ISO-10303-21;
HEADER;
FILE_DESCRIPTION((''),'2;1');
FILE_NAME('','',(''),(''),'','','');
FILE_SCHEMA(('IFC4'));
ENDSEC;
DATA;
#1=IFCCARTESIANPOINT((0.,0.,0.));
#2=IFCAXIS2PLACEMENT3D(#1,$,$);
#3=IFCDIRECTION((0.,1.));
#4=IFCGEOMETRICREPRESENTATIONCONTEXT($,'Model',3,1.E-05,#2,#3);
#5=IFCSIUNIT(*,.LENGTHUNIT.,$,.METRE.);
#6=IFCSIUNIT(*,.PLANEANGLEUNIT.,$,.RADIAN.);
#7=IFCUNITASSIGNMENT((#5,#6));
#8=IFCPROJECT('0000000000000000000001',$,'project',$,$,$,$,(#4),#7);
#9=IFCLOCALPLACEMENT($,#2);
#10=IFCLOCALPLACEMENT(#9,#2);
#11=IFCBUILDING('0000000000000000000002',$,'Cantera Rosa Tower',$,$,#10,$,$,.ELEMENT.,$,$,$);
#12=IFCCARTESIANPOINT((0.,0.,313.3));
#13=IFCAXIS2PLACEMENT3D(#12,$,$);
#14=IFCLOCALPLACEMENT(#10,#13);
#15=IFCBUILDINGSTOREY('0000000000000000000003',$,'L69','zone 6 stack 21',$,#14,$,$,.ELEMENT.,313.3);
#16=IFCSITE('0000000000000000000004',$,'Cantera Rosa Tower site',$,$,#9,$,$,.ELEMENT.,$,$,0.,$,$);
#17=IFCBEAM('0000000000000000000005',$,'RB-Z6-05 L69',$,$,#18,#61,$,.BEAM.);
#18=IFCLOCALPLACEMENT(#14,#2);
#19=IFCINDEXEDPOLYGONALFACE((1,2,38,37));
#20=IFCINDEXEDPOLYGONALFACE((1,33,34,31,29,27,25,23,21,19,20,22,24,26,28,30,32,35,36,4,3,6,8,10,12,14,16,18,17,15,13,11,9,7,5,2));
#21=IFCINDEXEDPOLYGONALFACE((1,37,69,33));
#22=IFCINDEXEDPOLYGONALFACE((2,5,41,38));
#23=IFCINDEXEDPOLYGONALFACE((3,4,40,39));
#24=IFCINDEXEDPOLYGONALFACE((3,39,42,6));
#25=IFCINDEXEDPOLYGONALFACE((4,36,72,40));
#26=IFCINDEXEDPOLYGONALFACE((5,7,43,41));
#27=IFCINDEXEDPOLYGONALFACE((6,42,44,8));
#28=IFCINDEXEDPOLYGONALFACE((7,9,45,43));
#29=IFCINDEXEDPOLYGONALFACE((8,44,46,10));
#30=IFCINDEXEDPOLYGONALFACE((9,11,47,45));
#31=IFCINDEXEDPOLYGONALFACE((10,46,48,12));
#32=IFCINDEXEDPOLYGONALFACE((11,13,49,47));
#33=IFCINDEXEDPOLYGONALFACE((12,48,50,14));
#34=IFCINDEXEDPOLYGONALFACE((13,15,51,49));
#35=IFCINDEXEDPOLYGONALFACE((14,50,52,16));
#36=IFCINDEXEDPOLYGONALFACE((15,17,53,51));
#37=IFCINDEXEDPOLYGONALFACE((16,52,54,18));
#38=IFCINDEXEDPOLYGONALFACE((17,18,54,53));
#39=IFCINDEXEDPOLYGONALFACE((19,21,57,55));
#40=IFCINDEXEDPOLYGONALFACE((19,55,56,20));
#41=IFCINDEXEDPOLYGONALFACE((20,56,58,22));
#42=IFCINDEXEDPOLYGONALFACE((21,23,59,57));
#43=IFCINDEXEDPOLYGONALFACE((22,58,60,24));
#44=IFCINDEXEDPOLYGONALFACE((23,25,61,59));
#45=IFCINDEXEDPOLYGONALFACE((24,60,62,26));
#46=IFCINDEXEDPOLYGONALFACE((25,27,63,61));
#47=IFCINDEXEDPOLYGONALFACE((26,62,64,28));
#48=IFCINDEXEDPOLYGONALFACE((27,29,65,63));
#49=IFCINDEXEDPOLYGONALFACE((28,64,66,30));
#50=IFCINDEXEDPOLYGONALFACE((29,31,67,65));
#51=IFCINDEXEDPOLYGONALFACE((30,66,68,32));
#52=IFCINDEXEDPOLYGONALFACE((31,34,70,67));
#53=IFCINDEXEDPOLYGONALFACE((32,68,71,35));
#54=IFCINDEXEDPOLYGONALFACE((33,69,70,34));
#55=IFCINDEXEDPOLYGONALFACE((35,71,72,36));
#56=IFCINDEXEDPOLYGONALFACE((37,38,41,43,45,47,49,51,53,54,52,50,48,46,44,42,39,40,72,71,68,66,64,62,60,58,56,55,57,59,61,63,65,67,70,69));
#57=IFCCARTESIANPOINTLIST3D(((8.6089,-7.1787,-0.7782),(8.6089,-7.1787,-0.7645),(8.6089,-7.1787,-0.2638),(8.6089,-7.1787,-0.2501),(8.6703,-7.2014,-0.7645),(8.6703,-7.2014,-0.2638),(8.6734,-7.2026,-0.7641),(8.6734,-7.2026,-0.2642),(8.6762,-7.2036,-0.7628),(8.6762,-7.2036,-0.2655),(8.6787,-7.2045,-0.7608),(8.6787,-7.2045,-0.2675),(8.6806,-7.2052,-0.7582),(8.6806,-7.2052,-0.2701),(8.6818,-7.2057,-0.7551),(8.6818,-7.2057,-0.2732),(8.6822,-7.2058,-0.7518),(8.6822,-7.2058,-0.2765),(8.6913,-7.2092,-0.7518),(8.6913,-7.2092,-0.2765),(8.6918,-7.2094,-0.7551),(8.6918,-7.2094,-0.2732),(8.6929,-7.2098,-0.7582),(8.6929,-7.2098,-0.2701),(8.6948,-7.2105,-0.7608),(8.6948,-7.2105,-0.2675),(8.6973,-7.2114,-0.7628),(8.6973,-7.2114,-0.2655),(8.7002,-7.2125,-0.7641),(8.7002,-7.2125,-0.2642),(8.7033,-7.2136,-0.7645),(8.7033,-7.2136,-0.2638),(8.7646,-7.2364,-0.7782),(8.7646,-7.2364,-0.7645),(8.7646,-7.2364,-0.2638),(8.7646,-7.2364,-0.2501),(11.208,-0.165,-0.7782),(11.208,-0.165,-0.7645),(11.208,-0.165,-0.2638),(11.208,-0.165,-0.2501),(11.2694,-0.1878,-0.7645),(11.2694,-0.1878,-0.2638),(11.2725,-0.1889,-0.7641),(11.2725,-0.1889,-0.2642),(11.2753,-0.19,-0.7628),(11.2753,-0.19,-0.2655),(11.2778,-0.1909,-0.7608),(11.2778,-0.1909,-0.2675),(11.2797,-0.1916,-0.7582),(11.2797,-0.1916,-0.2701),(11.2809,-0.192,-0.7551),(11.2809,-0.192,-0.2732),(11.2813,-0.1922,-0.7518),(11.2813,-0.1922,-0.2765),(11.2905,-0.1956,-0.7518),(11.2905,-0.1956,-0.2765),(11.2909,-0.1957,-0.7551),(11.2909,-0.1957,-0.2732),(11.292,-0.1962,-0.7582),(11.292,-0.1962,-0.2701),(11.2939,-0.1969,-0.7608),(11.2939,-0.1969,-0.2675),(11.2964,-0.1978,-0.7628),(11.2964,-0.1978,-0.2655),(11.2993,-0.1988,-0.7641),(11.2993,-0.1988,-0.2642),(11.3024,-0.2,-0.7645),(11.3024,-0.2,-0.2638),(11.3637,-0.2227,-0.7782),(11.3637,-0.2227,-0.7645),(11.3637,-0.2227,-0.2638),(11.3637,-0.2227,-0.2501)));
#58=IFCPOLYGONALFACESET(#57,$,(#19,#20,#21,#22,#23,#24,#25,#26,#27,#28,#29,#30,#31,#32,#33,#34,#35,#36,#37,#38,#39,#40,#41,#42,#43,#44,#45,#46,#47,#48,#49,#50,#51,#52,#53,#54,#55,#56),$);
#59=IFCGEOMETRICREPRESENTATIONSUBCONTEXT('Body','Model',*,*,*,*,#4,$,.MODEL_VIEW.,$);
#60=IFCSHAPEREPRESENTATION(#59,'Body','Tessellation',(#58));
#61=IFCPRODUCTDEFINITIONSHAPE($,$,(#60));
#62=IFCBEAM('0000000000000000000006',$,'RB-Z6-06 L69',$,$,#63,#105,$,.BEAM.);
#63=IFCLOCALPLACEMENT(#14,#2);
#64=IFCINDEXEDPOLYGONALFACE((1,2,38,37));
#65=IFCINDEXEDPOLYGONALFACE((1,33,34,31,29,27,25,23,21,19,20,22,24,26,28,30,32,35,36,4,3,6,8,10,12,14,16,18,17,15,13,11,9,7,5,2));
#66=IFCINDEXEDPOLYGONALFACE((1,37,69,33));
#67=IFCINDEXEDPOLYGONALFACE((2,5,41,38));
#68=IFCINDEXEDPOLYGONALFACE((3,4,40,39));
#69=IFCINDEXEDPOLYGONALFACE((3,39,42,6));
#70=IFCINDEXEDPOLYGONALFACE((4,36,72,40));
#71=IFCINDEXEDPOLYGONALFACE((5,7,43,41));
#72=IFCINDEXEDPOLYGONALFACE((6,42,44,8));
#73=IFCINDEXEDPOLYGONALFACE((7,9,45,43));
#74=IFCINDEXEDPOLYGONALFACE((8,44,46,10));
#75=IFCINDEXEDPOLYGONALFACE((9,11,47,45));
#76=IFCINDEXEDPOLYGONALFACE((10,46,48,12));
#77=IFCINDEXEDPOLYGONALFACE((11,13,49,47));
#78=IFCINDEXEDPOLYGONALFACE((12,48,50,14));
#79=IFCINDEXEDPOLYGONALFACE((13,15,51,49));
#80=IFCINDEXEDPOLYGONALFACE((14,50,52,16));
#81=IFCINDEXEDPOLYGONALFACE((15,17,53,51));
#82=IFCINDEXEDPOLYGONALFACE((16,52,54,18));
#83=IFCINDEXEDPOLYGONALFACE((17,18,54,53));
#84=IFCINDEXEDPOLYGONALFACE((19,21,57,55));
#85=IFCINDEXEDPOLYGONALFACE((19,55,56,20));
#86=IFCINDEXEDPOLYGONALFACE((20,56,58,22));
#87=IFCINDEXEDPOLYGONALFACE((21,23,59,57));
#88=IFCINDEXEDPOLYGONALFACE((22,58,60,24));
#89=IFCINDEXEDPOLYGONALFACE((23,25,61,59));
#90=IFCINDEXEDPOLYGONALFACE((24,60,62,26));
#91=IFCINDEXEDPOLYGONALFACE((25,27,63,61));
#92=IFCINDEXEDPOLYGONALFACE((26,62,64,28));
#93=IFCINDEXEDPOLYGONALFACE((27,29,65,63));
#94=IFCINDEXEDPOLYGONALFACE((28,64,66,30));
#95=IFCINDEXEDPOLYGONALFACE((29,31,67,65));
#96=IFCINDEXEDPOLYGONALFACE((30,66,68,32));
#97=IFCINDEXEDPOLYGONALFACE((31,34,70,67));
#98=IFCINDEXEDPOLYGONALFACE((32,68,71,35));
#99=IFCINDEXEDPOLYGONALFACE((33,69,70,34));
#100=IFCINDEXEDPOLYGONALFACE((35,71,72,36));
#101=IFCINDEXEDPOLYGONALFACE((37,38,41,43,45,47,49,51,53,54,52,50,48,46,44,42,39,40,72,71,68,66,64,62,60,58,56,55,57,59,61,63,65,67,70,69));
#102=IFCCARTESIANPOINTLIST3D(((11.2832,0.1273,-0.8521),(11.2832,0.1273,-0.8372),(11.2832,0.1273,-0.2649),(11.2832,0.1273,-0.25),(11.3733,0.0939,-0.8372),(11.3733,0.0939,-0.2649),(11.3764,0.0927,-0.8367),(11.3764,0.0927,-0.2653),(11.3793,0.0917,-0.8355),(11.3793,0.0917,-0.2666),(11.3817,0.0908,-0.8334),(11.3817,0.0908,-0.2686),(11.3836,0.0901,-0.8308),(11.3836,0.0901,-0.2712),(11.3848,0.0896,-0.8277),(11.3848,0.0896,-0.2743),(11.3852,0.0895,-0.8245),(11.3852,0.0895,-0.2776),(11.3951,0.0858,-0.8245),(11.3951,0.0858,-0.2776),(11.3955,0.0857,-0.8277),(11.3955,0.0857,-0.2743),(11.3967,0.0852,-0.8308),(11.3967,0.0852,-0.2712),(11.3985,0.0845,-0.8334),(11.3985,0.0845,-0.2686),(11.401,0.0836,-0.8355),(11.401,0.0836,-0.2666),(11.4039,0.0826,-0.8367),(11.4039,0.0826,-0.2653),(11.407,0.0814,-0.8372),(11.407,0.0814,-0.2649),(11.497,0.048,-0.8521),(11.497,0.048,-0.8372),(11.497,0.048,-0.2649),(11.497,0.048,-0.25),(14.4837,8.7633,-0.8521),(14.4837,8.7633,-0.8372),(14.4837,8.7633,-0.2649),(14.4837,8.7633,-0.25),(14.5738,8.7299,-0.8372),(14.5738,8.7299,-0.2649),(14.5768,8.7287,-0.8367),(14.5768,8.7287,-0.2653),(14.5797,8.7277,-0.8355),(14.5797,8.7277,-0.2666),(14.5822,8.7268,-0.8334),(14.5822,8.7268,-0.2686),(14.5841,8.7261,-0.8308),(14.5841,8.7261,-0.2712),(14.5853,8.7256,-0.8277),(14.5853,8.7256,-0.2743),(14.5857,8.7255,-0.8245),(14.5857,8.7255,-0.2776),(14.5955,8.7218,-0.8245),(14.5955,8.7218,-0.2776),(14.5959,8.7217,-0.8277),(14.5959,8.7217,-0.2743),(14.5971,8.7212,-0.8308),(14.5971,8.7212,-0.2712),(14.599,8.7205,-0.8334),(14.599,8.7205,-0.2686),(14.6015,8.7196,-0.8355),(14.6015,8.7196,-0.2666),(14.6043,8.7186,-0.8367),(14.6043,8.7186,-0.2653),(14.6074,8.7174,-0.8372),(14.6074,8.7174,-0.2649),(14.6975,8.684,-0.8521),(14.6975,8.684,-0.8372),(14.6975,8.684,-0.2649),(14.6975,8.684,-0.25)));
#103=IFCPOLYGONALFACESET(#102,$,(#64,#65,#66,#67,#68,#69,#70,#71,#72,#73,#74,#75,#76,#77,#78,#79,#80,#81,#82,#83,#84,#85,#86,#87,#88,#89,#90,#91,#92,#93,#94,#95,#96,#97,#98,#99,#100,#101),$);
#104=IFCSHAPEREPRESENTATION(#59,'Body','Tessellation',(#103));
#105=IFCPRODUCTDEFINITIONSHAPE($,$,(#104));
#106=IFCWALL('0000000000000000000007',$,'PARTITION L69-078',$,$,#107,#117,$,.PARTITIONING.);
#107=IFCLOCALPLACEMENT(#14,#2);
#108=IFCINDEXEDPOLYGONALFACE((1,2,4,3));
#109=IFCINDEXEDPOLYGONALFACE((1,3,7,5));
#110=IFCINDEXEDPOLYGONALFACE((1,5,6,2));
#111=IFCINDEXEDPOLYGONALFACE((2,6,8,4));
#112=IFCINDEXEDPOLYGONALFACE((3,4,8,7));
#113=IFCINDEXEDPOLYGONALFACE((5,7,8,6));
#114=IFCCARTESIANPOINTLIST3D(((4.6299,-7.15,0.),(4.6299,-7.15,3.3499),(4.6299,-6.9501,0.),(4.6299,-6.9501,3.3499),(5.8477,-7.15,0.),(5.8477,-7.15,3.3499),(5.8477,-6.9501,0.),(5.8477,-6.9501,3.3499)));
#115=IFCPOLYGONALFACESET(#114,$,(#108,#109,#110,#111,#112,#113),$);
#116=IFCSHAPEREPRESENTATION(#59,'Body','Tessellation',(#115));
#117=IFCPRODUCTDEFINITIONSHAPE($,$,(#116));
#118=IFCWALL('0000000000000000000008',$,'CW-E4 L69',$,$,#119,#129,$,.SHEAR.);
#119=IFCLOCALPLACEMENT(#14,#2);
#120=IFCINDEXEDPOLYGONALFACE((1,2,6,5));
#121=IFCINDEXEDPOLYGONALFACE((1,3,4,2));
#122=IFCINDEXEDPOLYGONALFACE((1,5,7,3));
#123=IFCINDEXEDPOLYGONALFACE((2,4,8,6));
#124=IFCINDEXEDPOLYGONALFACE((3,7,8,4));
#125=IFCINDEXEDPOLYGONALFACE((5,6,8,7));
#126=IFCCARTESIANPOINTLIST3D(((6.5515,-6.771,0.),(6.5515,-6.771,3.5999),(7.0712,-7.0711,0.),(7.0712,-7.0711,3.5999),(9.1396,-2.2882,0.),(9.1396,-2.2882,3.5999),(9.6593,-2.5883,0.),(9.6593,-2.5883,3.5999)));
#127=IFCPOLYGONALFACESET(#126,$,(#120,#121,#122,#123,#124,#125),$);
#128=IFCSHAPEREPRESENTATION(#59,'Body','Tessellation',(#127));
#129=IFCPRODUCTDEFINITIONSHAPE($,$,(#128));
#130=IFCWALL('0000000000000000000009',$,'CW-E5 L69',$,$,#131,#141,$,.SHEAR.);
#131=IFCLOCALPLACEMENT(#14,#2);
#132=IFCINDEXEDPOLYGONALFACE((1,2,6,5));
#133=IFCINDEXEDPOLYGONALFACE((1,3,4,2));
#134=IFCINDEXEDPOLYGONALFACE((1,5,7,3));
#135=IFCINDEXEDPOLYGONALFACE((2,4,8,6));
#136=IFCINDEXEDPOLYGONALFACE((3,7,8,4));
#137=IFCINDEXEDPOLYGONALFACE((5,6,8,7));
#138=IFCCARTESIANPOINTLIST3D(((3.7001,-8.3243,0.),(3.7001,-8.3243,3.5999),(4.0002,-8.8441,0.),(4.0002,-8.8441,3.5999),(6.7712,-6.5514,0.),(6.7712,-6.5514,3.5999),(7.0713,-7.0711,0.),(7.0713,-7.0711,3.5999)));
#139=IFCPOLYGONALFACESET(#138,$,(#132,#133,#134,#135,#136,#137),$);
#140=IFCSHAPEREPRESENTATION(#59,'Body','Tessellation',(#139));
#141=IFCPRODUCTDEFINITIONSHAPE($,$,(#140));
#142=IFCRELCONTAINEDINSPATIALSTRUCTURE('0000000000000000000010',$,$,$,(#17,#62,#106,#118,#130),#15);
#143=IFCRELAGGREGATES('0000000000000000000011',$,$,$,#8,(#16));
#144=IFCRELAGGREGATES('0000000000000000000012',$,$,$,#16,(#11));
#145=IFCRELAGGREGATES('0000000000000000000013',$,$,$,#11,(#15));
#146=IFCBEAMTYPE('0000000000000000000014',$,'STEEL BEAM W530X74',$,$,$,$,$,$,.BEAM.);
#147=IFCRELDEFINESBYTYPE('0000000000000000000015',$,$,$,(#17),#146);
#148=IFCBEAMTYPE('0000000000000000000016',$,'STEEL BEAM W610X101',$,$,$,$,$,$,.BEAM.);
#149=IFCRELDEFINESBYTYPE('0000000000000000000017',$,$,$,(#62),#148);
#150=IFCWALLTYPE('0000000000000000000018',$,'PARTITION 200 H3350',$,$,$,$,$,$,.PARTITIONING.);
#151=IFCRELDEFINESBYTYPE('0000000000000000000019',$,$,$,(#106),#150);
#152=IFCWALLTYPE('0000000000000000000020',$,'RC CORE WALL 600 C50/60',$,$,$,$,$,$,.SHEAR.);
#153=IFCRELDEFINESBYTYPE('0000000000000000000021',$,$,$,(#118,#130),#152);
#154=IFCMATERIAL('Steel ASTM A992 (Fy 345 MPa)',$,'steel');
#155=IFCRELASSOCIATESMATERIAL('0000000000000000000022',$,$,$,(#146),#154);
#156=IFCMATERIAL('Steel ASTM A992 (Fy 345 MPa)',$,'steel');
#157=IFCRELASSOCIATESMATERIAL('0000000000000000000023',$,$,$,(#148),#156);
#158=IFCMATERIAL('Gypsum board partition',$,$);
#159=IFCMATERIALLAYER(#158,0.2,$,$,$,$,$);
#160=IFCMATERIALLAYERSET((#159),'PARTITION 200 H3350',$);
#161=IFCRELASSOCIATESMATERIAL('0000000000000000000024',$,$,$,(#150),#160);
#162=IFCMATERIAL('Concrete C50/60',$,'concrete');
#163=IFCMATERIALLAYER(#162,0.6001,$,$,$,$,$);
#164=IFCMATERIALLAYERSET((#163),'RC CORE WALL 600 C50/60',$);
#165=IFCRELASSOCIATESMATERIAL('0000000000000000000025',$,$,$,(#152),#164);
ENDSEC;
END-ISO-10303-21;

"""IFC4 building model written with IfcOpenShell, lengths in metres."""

from ifc_helpers import new_model, si_unit, direction, frame, frame_2d, origin, origin_2d, place, context, subcontext, project, spatial, rectangle, i_section, extrude, material, layer, layer_set, material_profile, profile_set, type_object, element, save


model = new_model("IFC4")

# Units and contexts
model_context = context("Model", 3, precision=1e-05, world=origin(), true_north=direction((0.0, 1.0)))
body_context = subcontext(model_context, "Body", "Model", "MODEL_VIEW")
ifc_project = project(units=[si_unit("LENGTHUNIT", "METRE"), si_unit("PLANEANGLEUNIT", "RADIAN")], contexts=[model_context])

# Site, building, storey
site_placement = place(None, origin())
site = spatial("IfcSite", under=ifc_project, at=site_placement, Name="Cantera Rosa Tower site", CompositionType="ELEMENT", RefElevation=0.0)
building_placement = place(site_placement, origin())
building = spatial("IfcBuilding", under=site, at=building_placement, Name="Cantera Rosa Tower", CompositionType="ELEMENT")
storey_placement = place(building_placement, frame((0.0, 0.0, 313.3)))
storey = spatial("IfcBuildingStorey", under=building, at=storey_placement, Name="L69", Description="zone 6 stack 21", CompositionType="ELEMENT", Elevation=313.3)

# Beams
ifc_material_1 = material(Name="Steel ASTM A992 (Fy 345 MPa)", Category="steel")
ifc_material_profile_1 = material_profile(ifc_material_1, i_section(OverallWidth=0.166, OverallDepth=0.5281, WebThickness=0.0098, FlangeThickness=0.0137, FilletRadius=0.0127, at=origin_2d()), Name="W530X74")
ifc_profile_set_1 = profile_set([ifc_material_profile_1], Name="Steel ASTM A992 (Fy 345 MPa)")
beam_type_1 = type_object("IfcBeamType", Name="STEEL BEAM W530X74", PredefinedType="BEAM", material=ifc_profile_set_1)
beam_1_placement = place(storey_placement, frame((8.6868, -7.2075, -0.5142), z_axis=(0.347487, 0.937685, 0.0), x_axis=(-0.937685, 0.347487, 0.0)))
element("IfcBeam", 1, at=beam_1_placement, inside=storey, type_object=beam_type_1, Name="RB-Z6-05 L69", PredefinedType="BEAM", context=body_context, shape_type="SweptSolid", body=[
    extrude(i_section(OverallWidth=0.166, OverallDepth=0.5281, WebThickness=0.0098, FlangeThickness=0.0137, FilletRadius=0.0127, at=origin_2d()), origin(), (0.0, 0.0, 1.0), 7.4797),
])
ifc_material_2 = material(Name="Steel ASTM A992 (Fy 345 MPa)", Category="steel")
ifc_material_profile_2 = material_profile(ifc_material_2, i_section(OverallWidth=0.228, OverallDepth=0.6021, WebThickness=0.0105, FlangeThickness=0.0149, FilletRadius=0.0127, at=origin_2d()), Name="W610X101")
ifc_profile_set_2 = profile_set([ifc_material_profile_2], Name="Steel ASTM A992 (Fy 345 MPa)")
beam_type_2 = type_object("IfcBeamType", Name="STEEL BEAM W610X101", PredefinedType="BEAM", material=ifc_profile_set_2)
beam_2_placement = place(storey_placement, frame((11.3901, 0.0876, -0.551), z_axis=(0.347498, 0.937681, 0.0), x_axis=(-0.937681, 0.347498, 0.0)))
element("IfcBeam", 2, at=beam_2_placement, inside=storey, type_object=beam_type_2, Name="RB-Z6-06 L69", PredefinedType="BEAM", context=body_context, shape_type="SweptSolid", body=[
    extrude(i_section(OverallWidth=0.228, OverallDepth=0.6021, WebThickness=0.0105, FlangeThickness=0.0149, FilletRadius=0.0127, at=origin_2d()), origin(), (0.0, 0.0, 1.0), 9.21),
])

# Walls
ifc_material_3 = material(Name="Gypsum board partition")
ifc_layer_1 = layer(ifc_material_3, 0.2)
ifc_layer_set_1 = layer_set([ifc_layer_1], Name="PARTITION 200 H3350")
wall_type_1 = type_object("IfcWallType", Name="PARTITION 200 H3350", PredefinedType="PARTITIONING", material=ifc_layer_set_1)
wall_1_placement = place(storey_placement, frame((5.8477, -7.05, 0.0), z_axis=(0.0, 0.0, 1.0), x_axis=(-1.0, 0.0, 0.0)))
element("IfcWall", 3, at=wall_1_placement, inside=storey, type_object=wall_type_1, Name="PARTITION L69-078", PredefinedType="PARTITIONING", context=body_context, shape_type="SweptSolid", body=[
    extrude(rectangle(XDim=1.2178, YDim=0.2, at=frame_2d((0.6089, 0.0))), origin(), (0.0, 0.0, 1.0), 3.3499),
])
ifc_material_4 = material(Name="Concrete C50/60", Category="concrete")
ifc_layer_2 = layer(ifc_material_4, 0.6001)
ifc_layer_set_2 = layer_set([ifc_layer_2], Name="RC CORE WALL 600 C50/60")
wall_type_2 = type_object("IfcWallType", Name="RC CORE WALL 600 C50/60", PredefinedType="SHEAR", material=ifc_layer_set_2)
wall_2_placement = place(storey_placement, frame((9.3994, -2.4382, 0.0), z_axis=(0.0, 0.0, 1.0), x_axis=(-0.499989, -0.866032, 0.0)))
element("IfcWall", 4, at=wall_2_placement, inside=storey, type_object=wall_type_2, Name="CW-E4 L69", PredefinedType="SHEAR", context=body_context, shape_type="SweptSolid", body=[
    extrude(rectangle(XDim=5.1763, YDim=0.6001, at=frame_2d((2.5881, 0.0))), origin(), (0.0, 0.0, 1.0), 3.5999),
])
wall_3_placement = place(storey_placement, frame((6.9211, -6.8113, 0.0), z_axis=(0.0, 0.0, 1.0), x_axis=(-0.86604, -0.499975, 0.0)))
element("IfcWall", 5, at=wall_3_placement, inside=storey, type_object=wall_type_2, Name="CW-E5 L69", PredefinedType="SHEAR", context=body_context, shape_type="SweptSolid", body=[
    extrude(rectangle(XDim=3.5461, YDim=0.6001, at=frame_2d((1.7729, 0.0))), origin(), (0.0, 0.0, 1.0), 3.5999),
])

save(model, "model.ifc")
